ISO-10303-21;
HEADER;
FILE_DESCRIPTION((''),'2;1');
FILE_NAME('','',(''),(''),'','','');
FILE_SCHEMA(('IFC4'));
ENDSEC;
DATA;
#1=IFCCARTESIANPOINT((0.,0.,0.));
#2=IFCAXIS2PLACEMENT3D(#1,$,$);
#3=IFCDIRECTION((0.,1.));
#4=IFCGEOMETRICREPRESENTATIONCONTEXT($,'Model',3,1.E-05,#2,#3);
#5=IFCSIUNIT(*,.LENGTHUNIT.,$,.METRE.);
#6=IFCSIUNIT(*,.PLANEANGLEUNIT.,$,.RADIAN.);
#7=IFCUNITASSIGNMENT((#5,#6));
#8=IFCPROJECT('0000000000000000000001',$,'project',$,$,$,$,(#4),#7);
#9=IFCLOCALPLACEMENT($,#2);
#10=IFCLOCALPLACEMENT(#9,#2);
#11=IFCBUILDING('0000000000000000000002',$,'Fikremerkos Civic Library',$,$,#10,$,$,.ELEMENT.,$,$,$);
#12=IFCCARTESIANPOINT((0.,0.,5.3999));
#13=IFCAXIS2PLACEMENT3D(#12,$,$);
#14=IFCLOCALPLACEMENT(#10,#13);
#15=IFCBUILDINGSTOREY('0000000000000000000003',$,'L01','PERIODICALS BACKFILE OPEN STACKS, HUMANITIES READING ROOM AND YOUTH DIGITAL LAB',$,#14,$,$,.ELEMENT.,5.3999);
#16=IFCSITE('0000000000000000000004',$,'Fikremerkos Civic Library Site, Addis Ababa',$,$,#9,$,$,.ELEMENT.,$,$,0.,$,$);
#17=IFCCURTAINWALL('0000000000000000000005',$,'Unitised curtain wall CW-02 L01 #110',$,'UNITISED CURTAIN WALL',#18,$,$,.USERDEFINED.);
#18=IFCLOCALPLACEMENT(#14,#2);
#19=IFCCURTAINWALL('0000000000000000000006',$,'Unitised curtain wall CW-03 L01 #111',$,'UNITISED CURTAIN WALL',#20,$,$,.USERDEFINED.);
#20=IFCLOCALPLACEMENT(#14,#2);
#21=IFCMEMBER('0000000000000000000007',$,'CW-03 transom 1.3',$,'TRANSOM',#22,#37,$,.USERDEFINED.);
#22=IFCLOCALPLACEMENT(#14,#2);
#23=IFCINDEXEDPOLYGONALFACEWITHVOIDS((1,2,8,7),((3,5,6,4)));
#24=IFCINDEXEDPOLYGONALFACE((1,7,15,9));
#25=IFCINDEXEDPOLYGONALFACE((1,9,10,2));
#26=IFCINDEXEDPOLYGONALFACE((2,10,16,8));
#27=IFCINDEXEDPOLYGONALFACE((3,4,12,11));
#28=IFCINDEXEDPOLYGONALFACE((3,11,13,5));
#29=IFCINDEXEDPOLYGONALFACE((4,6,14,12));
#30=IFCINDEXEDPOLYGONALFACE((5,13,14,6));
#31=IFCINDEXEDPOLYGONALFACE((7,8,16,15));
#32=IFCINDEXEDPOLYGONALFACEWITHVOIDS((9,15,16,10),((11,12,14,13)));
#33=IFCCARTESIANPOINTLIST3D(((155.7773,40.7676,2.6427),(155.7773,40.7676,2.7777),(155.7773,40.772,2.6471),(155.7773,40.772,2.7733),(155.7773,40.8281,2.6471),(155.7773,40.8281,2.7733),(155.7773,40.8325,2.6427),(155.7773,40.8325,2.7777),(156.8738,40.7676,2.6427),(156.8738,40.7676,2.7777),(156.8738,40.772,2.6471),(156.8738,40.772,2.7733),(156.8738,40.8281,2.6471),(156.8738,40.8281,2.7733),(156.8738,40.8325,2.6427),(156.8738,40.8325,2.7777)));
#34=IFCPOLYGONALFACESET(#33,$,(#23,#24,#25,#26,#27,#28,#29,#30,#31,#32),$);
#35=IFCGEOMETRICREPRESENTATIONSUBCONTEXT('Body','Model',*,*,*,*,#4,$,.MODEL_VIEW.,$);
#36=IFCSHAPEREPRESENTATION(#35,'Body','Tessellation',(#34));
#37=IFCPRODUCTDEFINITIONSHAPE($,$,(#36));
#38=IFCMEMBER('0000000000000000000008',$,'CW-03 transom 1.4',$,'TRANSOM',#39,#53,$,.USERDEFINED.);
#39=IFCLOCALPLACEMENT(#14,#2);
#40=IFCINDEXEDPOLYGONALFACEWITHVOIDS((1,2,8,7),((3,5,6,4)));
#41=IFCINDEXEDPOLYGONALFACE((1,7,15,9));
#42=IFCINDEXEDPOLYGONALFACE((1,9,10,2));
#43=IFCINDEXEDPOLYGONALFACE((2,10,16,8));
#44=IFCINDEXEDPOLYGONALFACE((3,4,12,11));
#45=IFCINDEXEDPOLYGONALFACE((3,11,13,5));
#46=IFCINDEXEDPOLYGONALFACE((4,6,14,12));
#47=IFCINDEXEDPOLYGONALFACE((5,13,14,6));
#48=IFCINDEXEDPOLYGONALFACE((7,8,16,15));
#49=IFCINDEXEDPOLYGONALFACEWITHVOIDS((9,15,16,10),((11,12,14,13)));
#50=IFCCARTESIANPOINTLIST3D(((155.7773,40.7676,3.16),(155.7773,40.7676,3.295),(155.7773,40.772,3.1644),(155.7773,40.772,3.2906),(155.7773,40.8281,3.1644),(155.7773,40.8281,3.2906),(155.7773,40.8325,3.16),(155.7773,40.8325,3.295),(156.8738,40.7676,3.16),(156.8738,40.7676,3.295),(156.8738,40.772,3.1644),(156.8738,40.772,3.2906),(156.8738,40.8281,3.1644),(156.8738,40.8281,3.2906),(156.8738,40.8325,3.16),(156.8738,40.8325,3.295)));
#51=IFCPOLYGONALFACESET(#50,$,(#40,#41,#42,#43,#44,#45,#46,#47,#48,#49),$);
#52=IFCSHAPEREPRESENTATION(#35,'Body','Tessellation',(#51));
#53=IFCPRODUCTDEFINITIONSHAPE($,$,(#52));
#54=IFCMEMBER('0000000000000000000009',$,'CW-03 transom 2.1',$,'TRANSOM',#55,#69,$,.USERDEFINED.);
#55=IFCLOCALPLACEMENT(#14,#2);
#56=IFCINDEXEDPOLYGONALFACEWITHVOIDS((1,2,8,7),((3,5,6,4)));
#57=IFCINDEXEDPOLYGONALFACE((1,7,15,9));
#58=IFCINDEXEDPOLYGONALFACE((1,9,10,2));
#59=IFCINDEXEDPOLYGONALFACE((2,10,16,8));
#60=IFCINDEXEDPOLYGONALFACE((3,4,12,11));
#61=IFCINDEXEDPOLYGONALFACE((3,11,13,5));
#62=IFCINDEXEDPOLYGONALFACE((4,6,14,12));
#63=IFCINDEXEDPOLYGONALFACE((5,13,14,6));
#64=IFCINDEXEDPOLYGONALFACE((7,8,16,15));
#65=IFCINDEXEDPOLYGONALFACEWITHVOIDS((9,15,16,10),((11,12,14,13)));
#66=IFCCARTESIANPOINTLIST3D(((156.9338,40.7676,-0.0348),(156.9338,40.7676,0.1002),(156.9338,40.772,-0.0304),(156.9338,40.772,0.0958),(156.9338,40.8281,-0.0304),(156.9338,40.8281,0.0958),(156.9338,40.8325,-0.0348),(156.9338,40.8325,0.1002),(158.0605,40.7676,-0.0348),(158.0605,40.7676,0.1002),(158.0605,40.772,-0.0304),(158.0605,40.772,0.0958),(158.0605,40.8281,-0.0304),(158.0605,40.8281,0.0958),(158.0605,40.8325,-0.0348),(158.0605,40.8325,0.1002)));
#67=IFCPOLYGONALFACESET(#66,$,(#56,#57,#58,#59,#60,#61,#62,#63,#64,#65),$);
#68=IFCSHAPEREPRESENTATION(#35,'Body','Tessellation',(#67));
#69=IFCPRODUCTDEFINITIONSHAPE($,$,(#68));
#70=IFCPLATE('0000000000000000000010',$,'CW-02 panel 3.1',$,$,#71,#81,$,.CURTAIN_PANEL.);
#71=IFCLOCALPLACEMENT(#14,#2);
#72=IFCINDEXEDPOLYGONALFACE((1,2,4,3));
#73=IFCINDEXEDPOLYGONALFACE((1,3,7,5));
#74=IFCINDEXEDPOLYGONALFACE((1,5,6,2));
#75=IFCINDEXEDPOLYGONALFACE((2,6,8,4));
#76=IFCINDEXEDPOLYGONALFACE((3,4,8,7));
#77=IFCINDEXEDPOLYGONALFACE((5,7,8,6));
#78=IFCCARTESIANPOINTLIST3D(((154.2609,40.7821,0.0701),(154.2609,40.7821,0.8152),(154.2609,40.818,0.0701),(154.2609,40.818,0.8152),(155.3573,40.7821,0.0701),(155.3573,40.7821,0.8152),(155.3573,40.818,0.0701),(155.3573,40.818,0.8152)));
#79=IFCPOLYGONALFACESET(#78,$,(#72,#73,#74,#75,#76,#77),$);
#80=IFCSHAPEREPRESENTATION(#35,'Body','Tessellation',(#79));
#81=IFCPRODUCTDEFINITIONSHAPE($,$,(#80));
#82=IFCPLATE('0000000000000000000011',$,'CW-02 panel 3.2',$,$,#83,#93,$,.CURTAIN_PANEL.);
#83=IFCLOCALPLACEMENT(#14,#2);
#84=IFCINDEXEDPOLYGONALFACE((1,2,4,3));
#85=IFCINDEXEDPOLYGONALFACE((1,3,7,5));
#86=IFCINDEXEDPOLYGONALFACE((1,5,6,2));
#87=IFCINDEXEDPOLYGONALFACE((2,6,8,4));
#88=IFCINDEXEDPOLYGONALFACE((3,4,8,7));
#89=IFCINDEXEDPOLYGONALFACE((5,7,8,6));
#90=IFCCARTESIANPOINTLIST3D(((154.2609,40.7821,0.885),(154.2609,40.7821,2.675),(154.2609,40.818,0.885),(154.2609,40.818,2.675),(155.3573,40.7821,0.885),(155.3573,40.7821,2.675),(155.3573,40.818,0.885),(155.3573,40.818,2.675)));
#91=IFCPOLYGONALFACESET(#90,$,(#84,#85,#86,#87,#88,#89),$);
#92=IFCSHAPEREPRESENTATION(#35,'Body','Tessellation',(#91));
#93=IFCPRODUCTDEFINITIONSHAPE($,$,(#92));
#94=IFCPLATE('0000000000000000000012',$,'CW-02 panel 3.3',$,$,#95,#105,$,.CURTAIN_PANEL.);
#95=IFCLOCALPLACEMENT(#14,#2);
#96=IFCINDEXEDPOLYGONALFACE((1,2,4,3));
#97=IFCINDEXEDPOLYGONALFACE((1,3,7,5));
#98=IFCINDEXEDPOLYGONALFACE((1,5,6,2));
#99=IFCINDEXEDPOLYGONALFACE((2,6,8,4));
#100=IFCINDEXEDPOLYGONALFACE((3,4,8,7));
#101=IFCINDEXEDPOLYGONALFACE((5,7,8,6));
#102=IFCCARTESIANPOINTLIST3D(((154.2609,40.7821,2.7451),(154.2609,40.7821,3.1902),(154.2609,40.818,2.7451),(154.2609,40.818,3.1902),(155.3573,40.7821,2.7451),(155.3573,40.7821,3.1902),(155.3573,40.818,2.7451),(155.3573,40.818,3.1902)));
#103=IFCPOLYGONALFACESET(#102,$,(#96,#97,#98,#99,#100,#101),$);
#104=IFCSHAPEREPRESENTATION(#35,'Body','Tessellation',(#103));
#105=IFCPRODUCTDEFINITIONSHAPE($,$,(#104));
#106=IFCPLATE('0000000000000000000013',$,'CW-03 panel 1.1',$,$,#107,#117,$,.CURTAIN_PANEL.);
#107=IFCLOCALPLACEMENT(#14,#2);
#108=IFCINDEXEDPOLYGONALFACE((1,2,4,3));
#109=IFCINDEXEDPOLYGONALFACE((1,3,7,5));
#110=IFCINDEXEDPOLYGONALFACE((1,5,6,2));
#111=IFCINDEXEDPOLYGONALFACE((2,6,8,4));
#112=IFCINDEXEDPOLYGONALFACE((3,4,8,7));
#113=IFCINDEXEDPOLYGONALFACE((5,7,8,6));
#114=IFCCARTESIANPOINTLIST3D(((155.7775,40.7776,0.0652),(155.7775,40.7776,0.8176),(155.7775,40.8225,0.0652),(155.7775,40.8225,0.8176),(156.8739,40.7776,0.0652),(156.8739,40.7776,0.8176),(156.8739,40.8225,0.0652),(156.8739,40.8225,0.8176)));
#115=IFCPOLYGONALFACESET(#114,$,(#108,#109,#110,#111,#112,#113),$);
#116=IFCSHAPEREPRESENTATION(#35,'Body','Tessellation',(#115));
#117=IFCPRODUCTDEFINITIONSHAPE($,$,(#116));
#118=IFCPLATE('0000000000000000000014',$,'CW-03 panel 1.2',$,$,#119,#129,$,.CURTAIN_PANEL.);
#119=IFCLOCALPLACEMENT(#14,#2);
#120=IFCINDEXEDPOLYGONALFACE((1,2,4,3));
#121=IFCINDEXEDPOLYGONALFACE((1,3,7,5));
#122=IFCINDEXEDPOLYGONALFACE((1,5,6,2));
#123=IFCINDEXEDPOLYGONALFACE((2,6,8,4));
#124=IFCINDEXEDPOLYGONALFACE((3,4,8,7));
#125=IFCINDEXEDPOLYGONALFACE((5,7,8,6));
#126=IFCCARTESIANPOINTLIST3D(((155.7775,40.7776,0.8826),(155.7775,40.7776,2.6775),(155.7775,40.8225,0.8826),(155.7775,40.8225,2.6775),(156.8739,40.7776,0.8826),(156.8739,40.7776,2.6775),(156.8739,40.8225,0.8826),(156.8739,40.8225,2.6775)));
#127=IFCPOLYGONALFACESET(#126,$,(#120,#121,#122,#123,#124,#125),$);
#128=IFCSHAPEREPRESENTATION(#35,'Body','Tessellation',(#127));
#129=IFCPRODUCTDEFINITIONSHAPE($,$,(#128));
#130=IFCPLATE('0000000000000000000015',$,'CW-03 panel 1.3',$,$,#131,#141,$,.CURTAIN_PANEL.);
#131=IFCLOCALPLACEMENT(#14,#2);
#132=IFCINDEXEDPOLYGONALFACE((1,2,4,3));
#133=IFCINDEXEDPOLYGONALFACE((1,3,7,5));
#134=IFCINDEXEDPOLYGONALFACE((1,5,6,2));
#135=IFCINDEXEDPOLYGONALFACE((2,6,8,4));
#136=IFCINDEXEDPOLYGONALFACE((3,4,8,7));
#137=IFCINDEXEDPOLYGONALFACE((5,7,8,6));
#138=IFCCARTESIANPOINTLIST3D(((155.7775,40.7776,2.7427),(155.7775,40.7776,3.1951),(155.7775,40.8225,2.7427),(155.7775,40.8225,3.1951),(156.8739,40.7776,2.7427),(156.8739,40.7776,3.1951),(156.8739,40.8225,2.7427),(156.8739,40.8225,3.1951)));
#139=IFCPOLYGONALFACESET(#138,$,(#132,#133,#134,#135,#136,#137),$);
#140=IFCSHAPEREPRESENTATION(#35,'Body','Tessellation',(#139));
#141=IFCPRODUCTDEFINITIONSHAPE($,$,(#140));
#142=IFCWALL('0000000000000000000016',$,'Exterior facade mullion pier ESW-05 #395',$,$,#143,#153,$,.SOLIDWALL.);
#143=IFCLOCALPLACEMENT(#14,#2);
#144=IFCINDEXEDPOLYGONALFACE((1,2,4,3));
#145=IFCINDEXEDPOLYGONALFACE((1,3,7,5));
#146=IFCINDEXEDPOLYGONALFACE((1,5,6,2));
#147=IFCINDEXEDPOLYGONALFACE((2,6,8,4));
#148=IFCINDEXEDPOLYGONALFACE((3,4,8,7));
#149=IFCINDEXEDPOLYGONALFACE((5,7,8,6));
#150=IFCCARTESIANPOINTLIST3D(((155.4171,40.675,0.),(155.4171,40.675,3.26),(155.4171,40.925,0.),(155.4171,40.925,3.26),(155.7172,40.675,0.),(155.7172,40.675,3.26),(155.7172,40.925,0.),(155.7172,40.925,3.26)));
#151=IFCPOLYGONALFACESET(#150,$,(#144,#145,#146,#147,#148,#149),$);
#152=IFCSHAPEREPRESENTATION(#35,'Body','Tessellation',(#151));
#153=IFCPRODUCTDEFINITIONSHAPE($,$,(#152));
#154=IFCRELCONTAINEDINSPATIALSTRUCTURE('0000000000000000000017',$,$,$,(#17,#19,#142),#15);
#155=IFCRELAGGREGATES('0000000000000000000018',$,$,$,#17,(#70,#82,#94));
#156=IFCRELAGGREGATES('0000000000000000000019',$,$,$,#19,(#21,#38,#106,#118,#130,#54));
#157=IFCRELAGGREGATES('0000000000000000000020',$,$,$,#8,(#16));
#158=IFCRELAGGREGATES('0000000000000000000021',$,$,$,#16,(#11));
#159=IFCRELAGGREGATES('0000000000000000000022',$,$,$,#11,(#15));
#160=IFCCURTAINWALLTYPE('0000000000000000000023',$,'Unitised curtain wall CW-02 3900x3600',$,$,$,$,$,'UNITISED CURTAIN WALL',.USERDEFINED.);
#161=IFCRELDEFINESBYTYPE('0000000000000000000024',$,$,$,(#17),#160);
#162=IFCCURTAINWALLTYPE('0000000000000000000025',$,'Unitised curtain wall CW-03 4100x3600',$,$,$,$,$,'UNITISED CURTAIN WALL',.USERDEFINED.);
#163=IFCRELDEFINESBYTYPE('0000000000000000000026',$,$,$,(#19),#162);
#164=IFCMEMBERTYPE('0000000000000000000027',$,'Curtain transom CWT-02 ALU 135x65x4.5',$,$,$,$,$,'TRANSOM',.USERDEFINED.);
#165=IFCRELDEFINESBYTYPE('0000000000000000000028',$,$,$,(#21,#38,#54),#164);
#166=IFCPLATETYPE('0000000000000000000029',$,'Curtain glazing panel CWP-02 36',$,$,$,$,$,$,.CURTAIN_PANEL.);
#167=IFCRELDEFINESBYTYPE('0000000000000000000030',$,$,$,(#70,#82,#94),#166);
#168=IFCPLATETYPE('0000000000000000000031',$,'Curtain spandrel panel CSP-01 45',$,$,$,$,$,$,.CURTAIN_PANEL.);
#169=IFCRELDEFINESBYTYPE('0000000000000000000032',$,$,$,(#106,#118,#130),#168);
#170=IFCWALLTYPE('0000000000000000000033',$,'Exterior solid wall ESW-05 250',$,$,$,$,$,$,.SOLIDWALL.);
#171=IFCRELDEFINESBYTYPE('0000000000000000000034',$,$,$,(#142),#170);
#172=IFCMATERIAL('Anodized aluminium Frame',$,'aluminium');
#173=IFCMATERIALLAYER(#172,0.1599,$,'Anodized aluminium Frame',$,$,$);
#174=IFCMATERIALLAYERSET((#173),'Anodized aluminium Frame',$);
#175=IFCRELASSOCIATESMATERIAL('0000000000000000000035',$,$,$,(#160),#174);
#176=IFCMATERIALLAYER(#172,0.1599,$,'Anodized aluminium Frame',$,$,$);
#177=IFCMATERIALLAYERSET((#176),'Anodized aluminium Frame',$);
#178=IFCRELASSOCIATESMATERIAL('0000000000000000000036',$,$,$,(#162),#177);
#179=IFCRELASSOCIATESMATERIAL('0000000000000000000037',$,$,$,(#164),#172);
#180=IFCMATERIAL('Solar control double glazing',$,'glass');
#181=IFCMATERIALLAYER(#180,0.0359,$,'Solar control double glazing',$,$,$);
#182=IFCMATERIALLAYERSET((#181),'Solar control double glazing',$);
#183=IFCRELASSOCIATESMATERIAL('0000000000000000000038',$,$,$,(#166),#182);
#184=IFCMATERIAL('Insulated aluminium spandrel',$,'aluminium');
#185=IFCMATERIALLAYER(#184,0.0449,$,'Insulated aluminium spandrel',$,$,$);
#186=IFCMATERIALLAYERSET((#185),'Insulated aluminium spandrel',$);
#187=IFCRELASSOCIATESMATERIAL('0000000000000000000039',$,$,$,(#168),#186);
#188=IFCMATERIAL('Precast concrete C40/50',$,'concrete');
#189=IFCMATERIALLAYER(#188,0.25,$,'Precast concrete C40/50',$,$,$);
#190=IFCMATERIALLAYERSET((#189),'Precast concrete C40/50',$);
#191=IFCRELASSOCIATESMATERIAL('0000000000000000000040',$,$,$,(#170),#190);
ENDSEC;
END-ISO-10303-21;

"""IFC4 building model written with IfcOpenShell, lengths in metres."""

from ifc_helpers import new_model, si_unit, direction, frame, frame_2d, origin, origin_2d, place, context, subcontext, project, spatial, rectangle, hollow_rectangle, extrude, material, layer, layer_set, material_profile, profile_set, type_object, element, aggregate, save


model = new_model("IFC4")

# Units and contexts
model_context = context("Model", 3, precision=1e-05, world=origin(), true_north=direction((0.0, 1.0)))
body_context = subcontext(model_context, "Body", "Model", "MODEL_VIEW")
ifc_project = project(units=[si_unit("LENGTHUNIT", "METRE"), si_unit("PLANEANGLEUNIT", "RADIAN")], contexts=[model_context])

# Site, building, storey
site_placement = place(None, origin())
site = spatial("IfcSite", under=ifc_project, at=site_placement, Name="Fikremerkos Civic Library Site, Addis Ababa", CompositionType="ELEMENT", RefElevation=0.0)
building_placement = place(site_placement, origin())
building = spatial("IfcBuilding", under=site, at=building_placement, Name="Fikremerkos Civic Library", CompositionType="ELEMENT")
storey_placement = place(building_placement, frame((0.0, 0.0, 5.3999)))
storey = spatial("IfcBuildingStorey", under=building, at=storey_placement, Name="L01", Description="PERIODICALS BACKFILE OPEN STACKS, HUMANITIES READING ROOM AND YOUTH DIGITAL LAB", CompositionType="ELEMENT", Elevation=5.3999)

# Curtain walls
ifc_material_1 = material(Name="Anodized aluminium Frame", Category="aluminium")
ifc_layer_1 = layer(ifc_material_1, 0.1599, Name="Anodized aluminium Frame")
ifc_layer_set_1 = layer_set([ifc_layer_1], Name="Anodized aluminium Frame")
curtain_wall_type_1 = type_object("IfcCurtainWallType", Name="Unitised curtain wall CW-02 3900x3600", ElementType="UNITISED CURTAIN WALL", PredefinedType="USERDEFINED", material=ifc_layer_set_1)
curtain_wall_1_placement = place(storey_placement, origin())
curtain_wall_1 = element("IfcCurtainWall", 1, at=curtain_wall_1_placement, inside=storey, type_object=curtain_wall_type_1, Name="Unitised curtain wall CW-02 L01 #110", ObjectType="UNITISED CURTAIN WALL", PredefinedType="USERDEFINED")
ifc_layer_2 = layer(ifc_material_1, 0.1599, Name="Anodized aluminium Frame")
ifc_layer_set_2 = layer_set([ifc_layer_2], Name="Anodized aluminium Frame")
curtain_wall_type_2 = type_object("IfcCurtainWallType", Name="Unitised curtain wall CW-03 4100x3600", ElementType="UNITISED CURTAIN WALL", PredefinedType="USERDEFINED", material=ifc_layer_set_2)
curtain_wall_2_placement = place(storey_placement, origin())
curtain_wall_2 = element("IfcCurtainWall", 2, at=curtain_wall_2_placement, inside=storey, type_object=curtain_wall_type_2, Name="Unitised curtain wall CW-03 L01 #111", ObjectType="UNITISED CURTAIN WALL", PredefinedType="USERDEFINED")

# Members
ifc_material_profile_1 = material_profile(ifc_material_1, hollow_rectangle(XDim=0.0649, YDim=0.135, WallThickness=0.0044, at=origin_2d()), Name="ALU 135x65x4.5")
ifc_profile_set_1 = profile_set([ifc_material_profile_1], Name="Anodized aluminium Frame")
member_type_1 = type_object("IfcMemberType", Name="Curtain transom CWT-02 ALU 135x65x4.5", ElementType="TRANSOM", PredefinedType="USERDEFINED", material=ifc_profile_set_1)
member_1_placement = place(storey_placement, frame((155.7773, 40.8, 2.7102), z_axis=(1.0, 0.0, 0.0), x_axis=(0.0, 1.0, 0.0)))
member_1 = element("IfcMember", 3, at=member_1_placement, type_object=member_type_1, Name="CW-03 transom 1.3", ObjectType="TRANSOM", PredefinedType="USERDEFINED", context=body_context, shape_type="SweptSolid", body=[
    extrude(hollow_rectangle(XDim=0.0649, YDim=0.135, WallThickness=0.0044, at=origin_2d()), origin(), (0.0, 0.0, 1.0), 1.0964),
])
member_2_placement = place(storey_placement, frame((155.7773, 40.8, 3.2275), z_axis=(1.0, 0.0, 0.0), x_axis=(0.0, 1.0, 0.0)))
member_2 = element("IfcMember", 4, at=member_2_placement, type_object=member_type_1, Name="CW-03 transom 1.4", ObjectType="TRANSOM", PredefinedType="USERDEFINED", context=body_context, shape_type="SweptSolid", body=[
    extrude(hollow_rectangle(XDim=0.0649, YDim=0.135, WallThickness=0.0044, at=origin_2d()), origin(), (0.0, 0.0, 1.0), 1.0964),
])
member_3_placement = place(storey_placement, frame((156.9338, 40.8, 0.0327), z_axis=(1.0, 0.0, 0.0), x_axis=(0.0, 1.0, 0.0)))
member_3 = element("IfcMember", 5, at=member_3_placement, type_object=member_type_1, Name="CW-03 transom 2.1", ObjectType="TRANSOM", PredefinedType="USERDEFINED", context=body_context, shape_type="SweptSolid", body=[
    extrude(hollow_rectangle(XDim=0.0649, YDim=0.135, WallThickness=0.0044, at=origin_2d()), origin(), (0.0, 0.0, 1.0), 1.1267),
])

# Plates
ifc_material_2 = material(Name="Solar control double glazing", Category="glass")
ifc_layer_3 = layer(ifc_material_2, 0.0359, Name="Solar control double glazing")
ifc_layer_set_3 = layer_set([ifc_layer_3], Name="Solar control double glazing")
plate_type_1 = type_object("IfcPlateType", Name="Curtain glazing panel CWP-02 36", PredefinedType="CURTAIN_PANEL", material=ifc_layer_set_3)
plate_1_placement = place(storey_placement, frame((154.8091, 40.8, 0.0701), z_axis=(0.0, 0.0, 1.0), x_axis=(1.0, 0.0, 0.0)))
plate_1 = element("IfcPlate", 6, at=plate_1_placement, type_object=plate_type_1, Name="CW-02 panel 3.1", PredefinedType="CURTAIN_PANEL", context=body_context, shape_type="SweptSolid", body=[
    extrude(rectangle(XDim=1.0964, YDim=0.0359, at=origin_2d()), origin(), (0.0, 0.0, 1.0), 0.7451),
])
plate_2_placement = place(storey_placement, frame((154.8091, 40.8, 0.885), z_axis=(0.0, 0.0, 1.0), x_axis=(1.0, 0.0, 0.0)))
plate_2 = element("IfcPlate", 7, at=plate_2_placement, type_object=plate_type_1, Name="CW-02 panel 3.2", PredefinedType="CURTAIN_PANEL", context=body_context, shape_type="SweptSolid", body=[
    extrude(rectangle(XDim=1.0964, YDim=0.0359, at=origin_2d()), origin(), (0.0, 0.0, 1.0), 1.79),
])
plate_3_placement = place(storey_placement, frame((154.8091, 40.8, 2.7451), z_axis=(0.0, 0.0, 1.0), x_axis=(1.0, 0.0, 0.0)))
plate_3 = element("IfcPlate", 8, at=plate_3_placement, type_object=plate_type_1, Name="CW-02 panel 3.3", PredefinedType="CURTAIN_PANEL", context=body_context, shape_type="SweptSolid", body=[
    extrude(rectangle(XDim=1.0964, YDim=0.0359, at=origin_2d()), origin(), (0.0, 0.0, 1.0), 0.4451),
])
aggregate(curtain_wall_1, [plate_1, plate_2, plate_3])
ifc_material_3 = material(Name="Insulated aluminium spandrel", Category="aluminium")
ifc_layer_4 = layer(ifc_material_3, 0.0449, Name="Insulated aluminium spandrel")
ifc_layer_set_4 = layer_set([ifc_layer_4], Name="Insulated aluminium spandrel")
plate_type_2 = type_object("IfcPlateType", Name="Curtain spandrel panel CSP-01 45", PredefinedType="CURTAIN_PANEL", material=ifc_layer_set_4)
plate_4_placement = place(storey_placement, frame((156.3257, 40.8, 0.0652), z_axis=(0.0, 0.0, 1.0), x_axis=(1.0, 0.0, 0.0)))
plate_4 = element("IfcPlate", 9, at=plate_4_placement, type_object=plate_type_2, Name="CW-03 panel 1.1", PredefinedType="CURTAIN_PANEL", context=body_context, shape_type="SweptSolid", body=[
    extrude(rectangle(XDim=1.0964, YDim=0.0449, at=origin_2d()), origin(), (0.0, 0.0, 1.0), 0.7524),
])
plate_5_placement = place(storey_placement, frame((156.3257, 40.8, 0.8826), z_axis=(0.0, 0.0, 1.0), x_axis=(1.0, 0.0, 0.0)))
plate_5 = element("IfcPlate", 10, at=plate_5_placement, type_object=plate_type_2, Name="CW-03 panel 1.2", PredefinedType="CURTAIN_PANEL", context=body_context, shape_type="SweptSolid", body=[
    extrude(rectangle(XDim=1.0964, YDim=0.0449, at=origin_2d()), origin(), (0.0, 0.0, 1.0), 1.7949),
])
plate_6_placement = place(storey_placement, frame((156.3257, 40.8, 2.7427), z_axis=(0.0, 0.0, 1.0), x_axis=(1.0, 0.0, 0.0)))
plate_6 = element("IfcPlate", 11, at=plate_6_placement, type_object=plate_type_2, Name="CW-03 panel 1.3", PredefinedType="CURTAIN_PANEL", context=body_context, shape_type="SweptSolid", body=[
    extrude(rectangle(XDim=1.0964, YDim=0.0449, at=origin_2d()), origin(), (0.0, 0.0, 1.0), 0.4524),
])
aggregate(curtain_wall_2, [member_1, member_2, plate_4, plate_5, plate_6, member_3])

# Wall
ifc_material_4 = material(Name="Precast concrete C40/50", Category="concrete")
ifc_layer_5 = layer(ifc_material_4, 0.25, Name="Precast concrete C40/50")
ifc_layer_set_5 = layer_set([ifc_layer_5], Name="Precast concrete C40/50")
wall_type = type_object("IfcWallType", Name="Exterior solid wall ESW-05 250", PredefinedType="SOLIDWALL", material=ifc_layer_set_5)
wall_placement = place(storey_placement, frame((155.4172, 40.8, 0.0), z_axis=(0.0, 0.0, 1.0), x_axis=(1.0, 0.0, 0.0)))
element("IfcWall", 12, at=wall_placement, inside=storey, type_object=wall_type, Name="Exterior facade mullion pier ESW-05 #395", PredefinedType="SOLIDWALL", context=body_context, shape_type="SweptSolid", body=[
    extrude(rectangle(XDim=0.3, YDim=0.25, at=frame_2d((0.1499, 0.0))), origin(), (0.0, 0.0, 1.0), 3.26),
])

save(model, "model.ifc")
